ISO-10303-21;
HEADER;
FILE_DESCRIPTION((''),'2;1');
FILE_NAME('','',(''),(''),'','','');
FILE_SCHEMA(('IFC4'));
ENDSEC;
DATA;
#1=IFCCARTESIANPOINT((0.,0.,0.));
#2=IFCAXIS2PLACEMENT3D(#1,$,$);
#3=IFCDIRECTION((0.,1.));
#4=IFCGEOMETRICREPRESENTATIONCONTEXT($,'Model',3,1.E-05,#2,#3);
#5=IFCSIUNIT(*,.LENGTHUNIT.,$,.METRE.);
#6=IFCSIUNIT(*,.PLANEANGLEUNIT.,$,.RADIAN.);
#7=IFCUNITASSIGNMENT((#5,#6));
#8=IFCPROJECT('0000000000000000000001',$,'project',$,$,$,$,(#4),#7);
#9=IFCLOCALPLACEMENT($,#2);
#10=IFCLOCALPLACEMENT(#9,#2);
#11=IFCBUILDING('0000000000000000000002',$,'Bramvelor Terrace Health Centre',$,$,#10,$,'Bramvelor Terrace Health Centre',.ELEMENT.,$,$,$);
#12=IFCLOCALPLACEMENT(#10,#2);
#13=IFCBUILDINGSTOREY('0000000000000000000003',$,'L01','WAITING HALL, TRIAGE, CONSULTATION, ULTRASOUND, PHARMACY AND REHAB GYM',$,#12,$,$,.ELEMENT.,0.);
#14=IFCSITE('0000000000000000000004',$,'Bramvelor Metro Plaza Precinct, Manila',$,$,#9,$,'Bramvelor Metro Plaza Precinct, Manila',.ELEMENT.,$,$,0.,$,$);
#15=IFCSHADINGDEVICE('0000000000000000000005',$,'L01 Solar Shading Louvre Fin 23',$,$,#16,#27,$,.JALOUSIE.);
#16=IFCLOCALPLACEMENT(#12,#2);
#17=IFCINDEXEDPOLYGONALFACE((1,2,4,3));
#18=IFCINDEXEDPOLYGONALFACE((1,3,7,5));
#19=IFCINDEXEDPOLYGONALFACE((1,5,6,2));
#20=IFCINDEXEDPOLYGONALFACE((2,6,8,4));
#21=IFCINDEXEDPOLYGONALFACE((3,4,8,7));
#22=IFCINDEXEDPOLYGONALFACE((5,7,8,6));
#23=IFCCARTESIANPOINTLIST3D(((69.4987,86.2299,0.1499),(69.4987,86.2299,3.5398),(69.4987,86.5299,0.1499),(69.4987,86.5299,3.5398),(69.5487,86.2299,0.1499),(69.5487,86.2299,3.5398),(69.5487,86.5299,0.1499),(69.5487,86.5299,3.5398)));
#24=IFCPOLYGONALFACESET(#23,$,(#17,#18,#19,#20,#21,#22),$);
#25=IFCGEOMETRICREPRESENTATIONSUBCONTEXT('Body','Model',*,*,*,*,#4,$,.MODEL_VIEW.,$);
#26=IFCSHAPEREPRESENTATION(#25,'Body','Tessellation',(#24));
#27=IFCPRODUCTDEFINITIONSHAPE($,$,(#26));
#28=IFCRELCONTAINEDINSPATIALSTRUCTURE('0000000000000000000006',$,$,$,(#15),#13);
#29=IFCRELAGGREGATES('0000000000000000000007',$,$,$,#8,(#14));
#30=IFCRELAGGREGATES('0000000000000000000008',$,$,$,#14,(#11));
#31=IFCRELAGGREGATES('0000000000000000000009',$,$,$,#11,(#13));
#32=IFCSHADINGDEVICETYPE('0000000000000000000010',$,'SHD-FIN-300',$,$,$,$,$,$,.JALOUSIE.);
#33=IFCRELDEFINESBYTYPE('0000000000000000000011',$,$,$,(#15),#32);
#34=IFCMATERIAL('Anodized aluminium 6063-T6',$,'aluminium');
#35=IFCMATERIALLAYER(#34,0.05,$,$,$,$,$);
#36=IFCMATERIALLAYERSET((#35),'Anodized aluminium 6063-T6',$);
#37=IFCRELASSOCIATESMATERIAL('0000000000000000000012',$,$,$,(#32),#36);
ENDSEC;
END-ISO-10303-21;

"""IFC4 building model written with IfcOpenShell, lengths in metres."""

from ifc_helpers import new_model, si_unit, direction, frame, origin, origin_2d, place, context, subcontext, project, spatial, rectangle, extrude, material, layer, layer_set, type_object, element, save


model = new_model("IFC4")

# Units and contexts
model_context = context("Model", 3, precision=1e-05, world=origin(), true_north=direction((0.0, 1.0)))
body_context = subcontext(model_context, "Body", "Model", "MODEL_VIEW")
ifc_project = project(units=[si_unit("LENGTHUNIT", "METRE"), si_unit("PLANEANGLEUNIT", "RADIAN")], contexts=[model_context])

# Site, building, storey
site_placement = place(None, origin())
site = spatial("IfcSite", under=ifc_project, at=site_placement, Name="Bramvelor Metro Plaza Precinct, Manila", LongName="Bramvelor Metro Plaza Precinct, Manila", CompositionType="ELEMENT", RefElevation=0.0)
building_placement = place(site_placement, origin())
building = spatial("IfcBuilding", under=site, at=building_placement, Name="Bramvelor Terrace Health Centre", LongName="Bramvelor Terrace Health Centre", CompositionType="ELEMENT")
storey_placement = place(building_placement, origin())
storey = spatial("IfcBuildingStorey", under=building, at=storey_placement, Name="L01", Description="WAITING HALL, TRIAGE, CONSULTATION, ULTRASOUND, PHARMACY AND REHAB GYM", CompositionType="ELEMENT", Elevation=0.0)

# Shading device
ifc_material_1 = material(Name="Anodized aluminium 6063-T6", Category="aluminium")
ifc_layer_1 = layer(ifc_material_1, 0.05)
ifc_layer_set_1 = layer_set([ifc_layer_1], Name="Anodized aluminium 6063-T6")
shading_device_type = type_object("IfcShadingDeviceType", Name="SHD-FIN-300", PredefinedType="JALOUSIE", material=ifc_layer_set_1)
shading_device_placement = place(storey_placement, frame((69.5237, 86.3799, 0.1499), z_axis=(0.0, 0.0, 1.0), x_axis=(1.0, 0.0, 0.0)))
element("IfcShadingDevice", 1, at=shading_device_placement, inside=storey, type_object=shading_device_type, Name="L01 Solar Shading Louvre Fin 23", PredefinedType="JALOUSIE", context=body_context, shape_type="SweptSolid", body=[
    extrude(rectangle(XDim=0.05, YDim=0.3, at=origin_2d()), origin(), (0.0, 0.0, 1.0), 3.3899),
])

save(model, "model.ifc")
